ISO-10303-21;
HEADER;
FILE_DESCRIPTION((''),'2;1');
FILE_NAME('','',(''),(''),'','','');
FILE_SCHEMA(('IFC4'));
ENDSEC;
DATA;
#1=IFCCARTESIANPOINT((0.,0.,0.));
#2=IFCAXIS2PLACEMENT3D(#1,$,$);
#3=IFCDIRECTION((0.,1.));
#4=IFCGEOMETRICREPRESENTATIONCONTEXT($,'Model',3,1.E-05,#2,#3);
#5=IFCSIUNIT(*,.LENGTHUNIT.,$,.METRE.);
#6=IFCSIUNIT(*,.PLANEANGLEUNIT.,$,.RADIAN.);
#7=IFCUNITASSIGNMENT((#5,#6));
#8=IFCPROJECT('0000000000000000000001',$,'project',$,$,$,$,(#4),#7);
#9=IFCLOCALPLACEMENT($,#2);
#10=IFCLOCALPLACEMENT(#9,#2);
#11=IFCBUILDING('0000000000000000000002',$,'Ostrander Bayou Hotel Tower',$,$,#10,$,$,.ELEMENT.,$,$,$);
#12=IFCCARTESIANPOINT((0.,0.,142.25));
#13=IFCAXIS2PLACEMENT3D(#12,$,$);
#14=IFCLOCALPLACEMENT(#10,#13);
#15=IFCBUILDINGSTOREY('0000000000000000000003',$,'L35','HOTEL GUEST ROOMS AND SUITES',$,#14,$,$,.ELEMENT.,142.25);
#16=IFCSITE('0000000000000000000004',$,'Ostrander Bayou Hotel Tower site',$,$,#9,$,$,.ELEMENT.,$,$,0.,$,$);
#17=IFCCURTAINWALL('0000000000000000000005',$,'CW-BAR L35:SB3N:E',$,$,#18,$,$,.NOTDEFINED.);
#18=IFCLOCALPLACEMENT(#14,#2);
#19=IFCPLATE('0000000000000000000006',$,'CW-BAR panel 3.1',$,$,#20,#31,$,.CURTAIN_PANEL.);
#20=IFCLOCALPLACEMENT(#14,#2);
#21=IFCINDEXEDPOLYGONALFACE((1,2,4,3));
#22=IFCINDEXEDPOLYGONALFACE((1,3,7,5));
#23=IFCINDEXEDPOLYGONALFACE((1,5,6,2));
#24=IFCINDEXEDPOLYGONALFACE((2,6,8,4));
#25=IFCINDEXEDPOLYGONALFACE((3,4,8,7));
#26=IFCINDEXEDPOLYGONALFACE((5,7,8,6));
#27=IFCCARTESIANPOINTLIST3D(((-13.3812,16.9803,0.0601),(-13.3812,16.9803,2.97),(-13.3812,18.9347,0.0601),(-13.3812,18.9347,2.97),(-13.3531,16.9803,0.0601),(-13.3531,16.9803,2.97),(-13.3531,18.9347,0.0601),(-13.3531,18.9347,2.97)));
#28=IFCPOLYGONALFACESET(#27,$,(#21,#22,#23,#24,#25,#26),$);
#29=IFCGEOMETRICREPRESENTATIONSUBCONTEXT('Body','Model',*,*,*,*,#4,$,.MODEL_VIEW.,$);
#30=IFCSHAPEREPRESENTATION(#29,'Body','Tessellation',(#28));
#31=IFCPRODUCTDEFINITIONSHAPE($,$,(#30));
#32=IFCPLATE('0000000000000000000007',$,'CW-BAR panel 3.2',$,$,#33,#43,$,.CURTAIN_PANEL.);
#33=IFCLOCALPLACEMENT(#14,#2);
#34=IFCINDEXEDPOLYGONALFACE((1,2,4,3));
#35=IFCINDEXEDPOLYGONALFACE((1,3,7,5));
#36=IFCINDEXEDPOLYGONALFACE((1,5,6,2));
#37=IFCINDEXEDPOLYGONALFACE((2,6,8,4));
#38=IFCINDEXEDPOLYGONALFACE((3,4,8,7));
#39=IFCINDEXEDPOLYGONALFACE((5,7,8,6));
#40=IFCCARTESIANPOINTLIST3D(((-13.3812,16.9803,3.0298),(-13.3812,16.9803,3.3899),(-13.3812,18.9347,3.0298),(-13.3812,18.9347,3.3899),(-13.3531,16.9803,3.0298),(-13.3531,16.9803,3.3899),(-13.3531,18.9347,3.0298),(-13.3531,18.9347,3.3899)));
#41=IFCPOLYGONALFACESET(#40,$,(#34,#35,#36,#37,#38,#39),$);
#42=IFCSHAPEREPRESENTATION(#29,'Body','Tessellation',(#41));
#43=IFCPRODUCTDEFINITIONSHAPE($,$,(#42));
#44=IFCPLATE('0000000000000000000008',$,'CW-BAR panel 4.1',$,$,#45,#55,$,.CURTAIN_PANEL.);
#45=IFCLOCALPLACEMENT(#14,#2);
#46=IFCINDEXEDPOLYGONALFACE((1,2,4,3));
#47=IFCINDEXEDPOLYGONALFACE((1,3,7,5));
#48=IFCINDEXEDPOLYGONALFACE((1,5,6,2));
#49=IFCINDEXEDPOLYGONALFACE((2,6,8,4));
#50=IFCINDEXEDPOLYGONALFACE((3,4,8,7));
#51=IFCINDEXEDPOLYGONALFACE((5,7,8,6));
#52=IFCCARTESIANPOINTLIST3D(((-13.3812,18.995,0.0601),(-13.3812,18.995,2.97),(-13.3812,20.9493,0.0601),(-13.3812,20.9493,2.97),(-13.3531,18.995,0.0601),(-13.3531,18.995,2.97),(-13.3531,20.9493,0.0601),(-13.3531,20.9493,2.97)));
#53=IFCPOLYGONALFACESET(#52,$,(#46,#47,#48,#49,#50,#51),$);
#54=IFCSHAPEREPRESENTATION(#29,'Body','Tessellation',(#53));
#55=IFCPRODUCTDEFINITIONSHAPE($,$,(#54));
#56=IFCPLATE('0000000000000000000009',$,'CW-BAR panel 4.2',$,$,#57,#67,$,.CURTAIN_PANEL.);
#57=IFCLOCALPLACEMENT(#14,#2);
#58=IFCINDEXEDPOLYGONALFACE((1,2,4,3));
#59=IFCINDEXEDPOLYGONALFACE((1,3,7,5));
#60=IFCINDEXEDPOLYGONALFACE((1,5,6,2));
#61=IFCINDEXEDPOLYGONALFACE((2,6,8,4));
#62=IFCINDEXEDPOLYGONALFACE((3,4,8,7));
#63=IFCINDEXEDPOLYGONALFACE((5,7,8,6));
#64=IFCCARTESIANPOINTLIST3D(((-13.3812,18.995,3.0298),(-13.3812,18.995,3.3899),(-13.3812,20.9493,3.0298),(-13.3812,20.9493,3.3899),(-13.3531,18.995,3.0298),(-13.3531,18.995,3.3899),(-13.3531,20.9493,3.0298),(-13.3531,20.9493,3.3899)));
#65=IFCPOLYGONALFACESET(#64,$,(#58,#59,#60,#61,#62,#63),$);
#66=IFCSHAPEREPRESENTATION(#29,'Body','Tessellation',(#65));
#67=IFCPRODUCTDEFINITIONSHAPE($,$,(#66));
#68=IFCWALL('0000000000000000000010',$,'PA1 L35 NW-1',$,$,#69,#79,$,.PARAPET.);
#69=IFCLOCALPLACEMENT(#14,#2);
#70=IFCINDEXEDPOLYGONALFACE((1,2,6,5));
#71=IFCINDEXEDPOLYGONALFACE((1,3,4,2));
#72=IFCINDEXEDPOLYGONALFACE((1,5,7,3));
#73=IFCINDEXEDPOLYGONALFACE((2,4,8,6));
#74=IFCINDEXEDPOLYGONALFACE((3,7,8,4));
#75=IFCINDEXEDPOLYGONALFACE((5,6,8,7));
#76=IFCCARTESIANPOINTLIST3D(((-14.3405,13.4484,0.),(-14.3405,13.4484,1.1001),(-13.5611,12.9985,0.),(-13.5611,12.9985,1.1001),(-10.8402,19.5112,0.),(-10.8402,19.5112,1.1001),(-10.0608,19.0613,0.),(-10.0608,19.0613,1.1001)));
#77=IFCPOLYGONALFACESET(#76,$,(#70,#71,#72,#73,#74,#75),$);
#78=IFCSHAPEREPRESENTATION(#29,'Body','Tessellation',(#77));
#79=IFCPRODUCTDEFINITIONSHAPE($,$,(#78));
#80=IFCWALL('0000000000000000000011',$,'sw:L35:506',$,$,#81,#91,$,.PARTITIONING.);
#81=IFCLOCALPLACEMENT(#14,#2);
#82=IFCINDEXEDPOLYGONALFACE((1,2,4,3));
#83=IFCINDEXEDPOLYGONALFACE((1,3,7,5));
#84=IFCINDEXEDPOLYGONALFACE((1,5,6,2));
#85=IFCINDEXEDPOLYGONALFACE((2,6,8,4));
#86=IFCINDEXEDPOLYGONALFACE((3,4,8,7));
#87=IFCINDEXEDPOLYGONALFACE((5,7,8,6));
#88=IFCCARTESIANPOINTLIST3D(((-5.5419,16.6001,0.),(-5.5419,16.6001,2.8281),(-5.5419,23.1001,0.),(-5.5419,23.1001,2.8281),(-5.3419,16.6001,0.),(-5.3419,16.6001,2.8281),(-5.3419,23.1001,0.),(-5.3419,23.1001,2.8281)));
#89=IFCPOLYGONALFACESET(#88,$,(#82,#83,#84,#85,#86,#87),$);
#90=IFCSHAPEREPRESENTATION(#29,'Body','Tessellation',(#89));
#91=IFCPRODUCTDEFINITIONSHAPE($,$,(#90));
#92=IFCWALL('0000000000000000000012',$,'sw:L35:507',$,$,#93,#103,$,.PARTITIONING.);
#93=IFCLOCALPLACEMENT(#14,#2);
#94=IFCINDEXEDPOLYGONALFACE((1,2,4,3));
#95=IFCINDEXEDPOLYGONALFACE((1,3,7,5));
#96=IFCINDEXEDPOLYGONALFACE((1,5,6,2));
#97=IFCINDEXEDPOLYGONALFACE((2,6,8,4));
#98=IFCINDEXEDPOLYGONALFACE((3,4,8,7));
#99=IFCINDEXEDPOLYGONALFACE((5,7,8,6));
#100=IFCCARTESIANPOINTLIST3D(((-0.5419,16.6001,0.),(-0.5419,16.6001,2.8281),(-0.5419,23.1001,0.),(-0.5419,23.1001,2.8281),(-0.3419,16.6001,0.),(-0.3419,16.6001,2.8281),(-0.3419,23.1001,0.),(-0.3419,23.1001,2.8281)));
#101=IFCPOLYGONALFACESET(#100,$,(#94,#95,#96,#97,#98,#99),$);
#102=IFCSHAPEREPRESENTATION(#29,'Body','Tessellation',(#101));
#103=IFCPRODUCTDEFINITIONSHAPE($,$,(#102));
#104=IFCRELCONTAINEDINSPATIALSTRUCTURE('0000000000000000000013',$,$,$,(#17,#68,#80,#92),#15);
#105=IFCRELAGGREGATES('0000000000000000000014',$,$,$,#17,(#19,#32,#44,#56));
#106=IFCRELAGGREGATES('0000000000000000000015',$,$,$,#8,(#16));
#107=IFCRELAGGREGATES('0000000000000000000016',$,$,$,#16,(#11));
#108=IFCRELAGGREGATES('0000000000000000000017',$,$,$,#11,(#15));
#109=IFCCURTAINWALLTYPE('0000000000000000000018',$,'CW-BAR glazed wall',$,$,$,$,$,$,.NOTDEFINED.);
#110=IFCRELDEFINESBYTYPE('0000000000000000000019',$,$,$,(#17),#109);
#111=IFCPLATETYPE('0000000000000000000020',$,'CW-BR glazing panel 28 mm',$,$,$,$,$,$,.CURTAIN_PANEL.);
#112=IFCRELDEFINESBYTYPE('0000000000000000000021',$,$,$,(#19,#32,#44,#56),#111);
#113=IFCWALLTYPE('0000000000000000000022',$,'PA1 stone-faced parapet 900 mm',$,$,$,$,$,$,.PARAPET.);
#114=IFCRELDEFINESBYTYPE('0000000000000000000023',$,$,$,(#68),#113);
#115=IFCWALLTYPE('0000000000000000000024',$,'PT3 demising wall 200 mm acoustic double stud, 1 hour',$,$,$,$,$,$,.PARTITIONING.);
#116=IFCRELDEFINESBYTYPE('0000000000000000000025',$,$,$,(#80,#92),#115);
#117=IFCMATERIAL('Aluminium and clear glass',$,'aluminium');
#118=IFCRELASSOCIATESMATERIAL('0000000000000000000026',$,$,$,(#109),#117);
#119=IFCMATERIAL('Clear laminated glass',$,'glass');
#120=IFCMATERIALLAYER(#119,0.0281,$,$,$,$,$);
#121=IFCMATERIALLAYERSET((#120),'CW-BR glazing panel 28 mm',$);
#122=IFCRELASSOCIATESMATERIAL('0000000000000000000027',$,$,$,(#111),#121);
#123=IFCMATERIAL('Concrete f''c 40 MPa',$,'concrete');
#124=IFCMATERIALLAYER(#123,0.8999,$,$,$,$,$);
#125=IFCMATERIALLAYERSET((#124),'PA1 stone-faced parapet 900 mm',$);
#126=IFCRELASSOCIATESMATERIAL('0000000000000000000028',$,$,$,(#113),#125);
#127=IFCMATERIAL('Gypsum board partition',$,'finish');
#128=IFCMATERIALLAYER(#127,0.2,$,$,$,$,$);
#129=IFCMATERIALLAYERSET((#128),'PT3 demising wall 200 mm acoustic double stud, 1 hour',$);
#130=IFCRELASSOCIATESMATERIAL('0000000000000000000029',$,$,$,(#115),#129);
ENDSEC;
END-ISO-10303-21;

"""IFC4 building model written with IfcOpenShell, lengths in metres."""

from ifc_helpers import new_model, si_unit, direction, frame, frame_2d, origin, origin_2d, place, context, subcontext, project, spatial, rectangle, extrude, material, layer, layer_set, type_object, element, aggregate, save


model = new_model("IFC4")

# Units and contexts
model_context = context("Model", 3, precision=1e-05, world=origin(), true_north=direction((0.0, 1.0)))
body_context = subcontext(model_context, "Body", "Model", "MODEL_VIEW")
ifc_project = project(units=[si_unit("LENGTHUNIT", "METRE"), si_unit("PLANEANGLEUNIT", "RADIAN")], contexts=[model_context])

# Site, building, storey
site_placement = place(None, origin())
site = spatial("IfcSite", under=ifc_project, at=site_placement, Name="Ostrander Bayou Hotel Tower site", CompositionType="ELEMENT", RefElevation=0.0)
building_placement = place(site_placement, origin())
building = spatial("IfcBuilding", under=site, at=building_placement, Name="Ostrander Bayou Hotel Tower", CompositionType="ELEMENT")
storey_placement = place(building_placement, frame((0.0, 0.0, 142.25)))
storey = spatial("IfcBuildingStorey", under=building, at=storey_placement, Name="L35", Description="HOTEL GUEST ROOMS AND SUITES", CompositionType="ELEMENT", Elevation=142.25)

# Curtain wall
ifc_material_1 = material(Name="Aluminium and clear glass", Category="aluminium")
curtain_wall_type = type_object("IfcCurtainWallType", Name="CW-BAR glazed wall", PredefinedType="NOTDEFINED", material=ifc_material_1)
curtain_wall_placement = place(storey_placement, origin())
curtain_wall = element("IfcCurtainWall", 1, at=curtain_wall_placement, inside=storey, type_object=curtain_wall_type, Name="CW-BAR L35:SB3N:E", PredefinedType="NOTDEFINED")

# Plates
ifc_material_2 = material(Name="Clear laminated glass", Category="glass")
ifc_layer_1 = layer(ifc_material_2, 0.0281)
ifc_layer_set_1 = layer_set([ifc_layer_1], Name="CW-BR glazing panel 28 mm")
plate_type = type_object("IfcPlateType", Name="CW-BR glazing panel 28 mm", PredefinedType="CURTAIN_PANEL", material=ifc_layer_set_1)
plate_1_placement = place(storey_placement, frame((-13.3672, 17.9575, 0.0601), z_axis=(0.0, 0.0, 1.0), x_axis=(0.0, 1.0, 0.0)))
plate_1 = element("IfcPlate", 2, at=plate_1_placement, type_object=plate_type, Name="CW-BAR panel 3.1", PredefinedType="CURTAIN_PANEL", context=body_context, shape_type="SweptSolid", body=[
    extrude(rectangle(XDim=1.9543, YDim=0.0281, at=origin_2d()), origin(), (0.0, 0.0, 1.0), 2.9099),
])
plate_2_placement = place(storey_placement, frame((-13.3672, 17.9575, 3.0298), z_axis=(0.0, 0.0, 1.0), x_axis=(0.0, 1.0, 0.0)))
plate_2 = element("IfcPlate", 3, at=plate_2_placement, type_object=plate_type, Name="CW-BAR panel 3.2", PredefinedType="CURTAIN_PANEL", context=body_context, shape_type="SweptSolid", body=[
    extrude(rectangle(XDim=1.9543, YDim=0.0281, at=origin_2d()), origin(), (0.0, 0.0, 1.0), 0.3601),
])
plate_3_placement = place(storey_placement, frame((-13.3672, 19.9722, 0.0601), z_axis=(0.0, 0.0, 1.0), x_axis=(0.0, 1.0, 0.0)))
plate_3 = element("IfcPlate", 4, at=plate_3_placement, type_object=plate_type, Name="CW-BAR panel 4.1", PredefinedType="CURTAIN_PANEL", context=body_context, shape_type="SweptSolid", body=[
    extrude(rectangle(XDim=1.9543, YDim=0.0281, at=origin_2d()), origin(), (0.0, 0.0, 1.0), 2.9099),
])
plate_4_placement = place(storey_placement, frame((-13.3672, 19.9722, 3.0298), z_axis=(0.0, 0.0, 1.0), x_axis=(0.0, 1.0, 0.0)))
plate_4 = element("IfcPlate", 5, at=plate_4_placement, type_object=plate_type, Name="CW-BAR panel 4.2", PredefinedType="CURTAIN_PANEL", context=body_context, shape_type="SweptSolid", body=[
    extrude(rectangle(XDim=1.9543, YDim=0.0281, at=origin_2d()), origin(), (0.0, 0.0, 1.0), 0.3601),
])
aggregate(curtain_wall, [plate_1, plate_2, plate_3, plate_4])

# Walls
ifc_material_3 = material(Name="Concrete f'c 40 MPa", Category="concrete")
ifc_layer_2 = layer(ifc_material_3, 0.8999)
ifc_layer_set_2 = layer_set([ifc_layer_2], Name="PA1 stone-faced parapet 900 mm")
wall_type_1 = type_object("IfcWallType", Name="PA1 stone-faced parapet 900 mm", PredefinedType="PARAPET", material=ifc_layer_set_2)
wall_1_placement = place(storey_placement, frame((-10.4504, 19.2864, 0.0), z_axis=(0.0, 0.0, 1.0), x_axis=(-0.499991, -0.866031, 0.0)))
element("IfcWall", 6, at=wall_1_placement, inside=storey, type_object=wall_type_1, Name="PA1 L35 NW-1", PredefinedType="PARAPET", context=body_context, shape_type="SweptSolid", body=[
    extrude(rectangle(XDim=7.0007, YDim=0.8999, at=frame_2d((3.5005, 0.0))), origin(), (0.0, 0.0, 1.0), 1.1001),
])
ifc_material_4 = material(Name="Gypsum board partition", Category="finish")
ifc_layer_3 = layer(ifc_material_4, 0.2)
ifc_layer_set_3 = layer_set([ifc_layer_3], Name="PT3 demising wall 200 mm acoustic double stud, 1 hour")
wall_type_2 = type_object("IfcWallType", Name="PT3 demising wall 200 mm acoustic double stud, 1 hour", PredefinedType="PARTITIONING", material=ifc_layer_set_3)
for number, where, z_axis, x_axis, name in (
    (7, (-5.4419, 16.6001, 0.0), (0.0, 0.0, 1.0), (0.0, 1.0, 0.0), "sw:L35:506"),
    (8, (-0.4419, 16.6001, 0.0), (0.0, 0.0, 1.0), (0.0, 1.0, 0.0), "sw:L35:507"),
):
    element("IfcWall", number, at=place(storey_placement, frame(where, z_axis=z_axis, x_axis=x_axis)), inside=storey, type_object=wall_type_2, Name=name, PredefinedType="PARTITIONING", context=body_context, shape_type="SweptSolid", body=[
        extrude(rectangle(XDim=6.5, YDim=0.2, at=frame_2d((3.25, 0.0))), origin(), (0.0, 0.0, 1.0), 2.8281),
    ])

save(model, "model.ifc")
